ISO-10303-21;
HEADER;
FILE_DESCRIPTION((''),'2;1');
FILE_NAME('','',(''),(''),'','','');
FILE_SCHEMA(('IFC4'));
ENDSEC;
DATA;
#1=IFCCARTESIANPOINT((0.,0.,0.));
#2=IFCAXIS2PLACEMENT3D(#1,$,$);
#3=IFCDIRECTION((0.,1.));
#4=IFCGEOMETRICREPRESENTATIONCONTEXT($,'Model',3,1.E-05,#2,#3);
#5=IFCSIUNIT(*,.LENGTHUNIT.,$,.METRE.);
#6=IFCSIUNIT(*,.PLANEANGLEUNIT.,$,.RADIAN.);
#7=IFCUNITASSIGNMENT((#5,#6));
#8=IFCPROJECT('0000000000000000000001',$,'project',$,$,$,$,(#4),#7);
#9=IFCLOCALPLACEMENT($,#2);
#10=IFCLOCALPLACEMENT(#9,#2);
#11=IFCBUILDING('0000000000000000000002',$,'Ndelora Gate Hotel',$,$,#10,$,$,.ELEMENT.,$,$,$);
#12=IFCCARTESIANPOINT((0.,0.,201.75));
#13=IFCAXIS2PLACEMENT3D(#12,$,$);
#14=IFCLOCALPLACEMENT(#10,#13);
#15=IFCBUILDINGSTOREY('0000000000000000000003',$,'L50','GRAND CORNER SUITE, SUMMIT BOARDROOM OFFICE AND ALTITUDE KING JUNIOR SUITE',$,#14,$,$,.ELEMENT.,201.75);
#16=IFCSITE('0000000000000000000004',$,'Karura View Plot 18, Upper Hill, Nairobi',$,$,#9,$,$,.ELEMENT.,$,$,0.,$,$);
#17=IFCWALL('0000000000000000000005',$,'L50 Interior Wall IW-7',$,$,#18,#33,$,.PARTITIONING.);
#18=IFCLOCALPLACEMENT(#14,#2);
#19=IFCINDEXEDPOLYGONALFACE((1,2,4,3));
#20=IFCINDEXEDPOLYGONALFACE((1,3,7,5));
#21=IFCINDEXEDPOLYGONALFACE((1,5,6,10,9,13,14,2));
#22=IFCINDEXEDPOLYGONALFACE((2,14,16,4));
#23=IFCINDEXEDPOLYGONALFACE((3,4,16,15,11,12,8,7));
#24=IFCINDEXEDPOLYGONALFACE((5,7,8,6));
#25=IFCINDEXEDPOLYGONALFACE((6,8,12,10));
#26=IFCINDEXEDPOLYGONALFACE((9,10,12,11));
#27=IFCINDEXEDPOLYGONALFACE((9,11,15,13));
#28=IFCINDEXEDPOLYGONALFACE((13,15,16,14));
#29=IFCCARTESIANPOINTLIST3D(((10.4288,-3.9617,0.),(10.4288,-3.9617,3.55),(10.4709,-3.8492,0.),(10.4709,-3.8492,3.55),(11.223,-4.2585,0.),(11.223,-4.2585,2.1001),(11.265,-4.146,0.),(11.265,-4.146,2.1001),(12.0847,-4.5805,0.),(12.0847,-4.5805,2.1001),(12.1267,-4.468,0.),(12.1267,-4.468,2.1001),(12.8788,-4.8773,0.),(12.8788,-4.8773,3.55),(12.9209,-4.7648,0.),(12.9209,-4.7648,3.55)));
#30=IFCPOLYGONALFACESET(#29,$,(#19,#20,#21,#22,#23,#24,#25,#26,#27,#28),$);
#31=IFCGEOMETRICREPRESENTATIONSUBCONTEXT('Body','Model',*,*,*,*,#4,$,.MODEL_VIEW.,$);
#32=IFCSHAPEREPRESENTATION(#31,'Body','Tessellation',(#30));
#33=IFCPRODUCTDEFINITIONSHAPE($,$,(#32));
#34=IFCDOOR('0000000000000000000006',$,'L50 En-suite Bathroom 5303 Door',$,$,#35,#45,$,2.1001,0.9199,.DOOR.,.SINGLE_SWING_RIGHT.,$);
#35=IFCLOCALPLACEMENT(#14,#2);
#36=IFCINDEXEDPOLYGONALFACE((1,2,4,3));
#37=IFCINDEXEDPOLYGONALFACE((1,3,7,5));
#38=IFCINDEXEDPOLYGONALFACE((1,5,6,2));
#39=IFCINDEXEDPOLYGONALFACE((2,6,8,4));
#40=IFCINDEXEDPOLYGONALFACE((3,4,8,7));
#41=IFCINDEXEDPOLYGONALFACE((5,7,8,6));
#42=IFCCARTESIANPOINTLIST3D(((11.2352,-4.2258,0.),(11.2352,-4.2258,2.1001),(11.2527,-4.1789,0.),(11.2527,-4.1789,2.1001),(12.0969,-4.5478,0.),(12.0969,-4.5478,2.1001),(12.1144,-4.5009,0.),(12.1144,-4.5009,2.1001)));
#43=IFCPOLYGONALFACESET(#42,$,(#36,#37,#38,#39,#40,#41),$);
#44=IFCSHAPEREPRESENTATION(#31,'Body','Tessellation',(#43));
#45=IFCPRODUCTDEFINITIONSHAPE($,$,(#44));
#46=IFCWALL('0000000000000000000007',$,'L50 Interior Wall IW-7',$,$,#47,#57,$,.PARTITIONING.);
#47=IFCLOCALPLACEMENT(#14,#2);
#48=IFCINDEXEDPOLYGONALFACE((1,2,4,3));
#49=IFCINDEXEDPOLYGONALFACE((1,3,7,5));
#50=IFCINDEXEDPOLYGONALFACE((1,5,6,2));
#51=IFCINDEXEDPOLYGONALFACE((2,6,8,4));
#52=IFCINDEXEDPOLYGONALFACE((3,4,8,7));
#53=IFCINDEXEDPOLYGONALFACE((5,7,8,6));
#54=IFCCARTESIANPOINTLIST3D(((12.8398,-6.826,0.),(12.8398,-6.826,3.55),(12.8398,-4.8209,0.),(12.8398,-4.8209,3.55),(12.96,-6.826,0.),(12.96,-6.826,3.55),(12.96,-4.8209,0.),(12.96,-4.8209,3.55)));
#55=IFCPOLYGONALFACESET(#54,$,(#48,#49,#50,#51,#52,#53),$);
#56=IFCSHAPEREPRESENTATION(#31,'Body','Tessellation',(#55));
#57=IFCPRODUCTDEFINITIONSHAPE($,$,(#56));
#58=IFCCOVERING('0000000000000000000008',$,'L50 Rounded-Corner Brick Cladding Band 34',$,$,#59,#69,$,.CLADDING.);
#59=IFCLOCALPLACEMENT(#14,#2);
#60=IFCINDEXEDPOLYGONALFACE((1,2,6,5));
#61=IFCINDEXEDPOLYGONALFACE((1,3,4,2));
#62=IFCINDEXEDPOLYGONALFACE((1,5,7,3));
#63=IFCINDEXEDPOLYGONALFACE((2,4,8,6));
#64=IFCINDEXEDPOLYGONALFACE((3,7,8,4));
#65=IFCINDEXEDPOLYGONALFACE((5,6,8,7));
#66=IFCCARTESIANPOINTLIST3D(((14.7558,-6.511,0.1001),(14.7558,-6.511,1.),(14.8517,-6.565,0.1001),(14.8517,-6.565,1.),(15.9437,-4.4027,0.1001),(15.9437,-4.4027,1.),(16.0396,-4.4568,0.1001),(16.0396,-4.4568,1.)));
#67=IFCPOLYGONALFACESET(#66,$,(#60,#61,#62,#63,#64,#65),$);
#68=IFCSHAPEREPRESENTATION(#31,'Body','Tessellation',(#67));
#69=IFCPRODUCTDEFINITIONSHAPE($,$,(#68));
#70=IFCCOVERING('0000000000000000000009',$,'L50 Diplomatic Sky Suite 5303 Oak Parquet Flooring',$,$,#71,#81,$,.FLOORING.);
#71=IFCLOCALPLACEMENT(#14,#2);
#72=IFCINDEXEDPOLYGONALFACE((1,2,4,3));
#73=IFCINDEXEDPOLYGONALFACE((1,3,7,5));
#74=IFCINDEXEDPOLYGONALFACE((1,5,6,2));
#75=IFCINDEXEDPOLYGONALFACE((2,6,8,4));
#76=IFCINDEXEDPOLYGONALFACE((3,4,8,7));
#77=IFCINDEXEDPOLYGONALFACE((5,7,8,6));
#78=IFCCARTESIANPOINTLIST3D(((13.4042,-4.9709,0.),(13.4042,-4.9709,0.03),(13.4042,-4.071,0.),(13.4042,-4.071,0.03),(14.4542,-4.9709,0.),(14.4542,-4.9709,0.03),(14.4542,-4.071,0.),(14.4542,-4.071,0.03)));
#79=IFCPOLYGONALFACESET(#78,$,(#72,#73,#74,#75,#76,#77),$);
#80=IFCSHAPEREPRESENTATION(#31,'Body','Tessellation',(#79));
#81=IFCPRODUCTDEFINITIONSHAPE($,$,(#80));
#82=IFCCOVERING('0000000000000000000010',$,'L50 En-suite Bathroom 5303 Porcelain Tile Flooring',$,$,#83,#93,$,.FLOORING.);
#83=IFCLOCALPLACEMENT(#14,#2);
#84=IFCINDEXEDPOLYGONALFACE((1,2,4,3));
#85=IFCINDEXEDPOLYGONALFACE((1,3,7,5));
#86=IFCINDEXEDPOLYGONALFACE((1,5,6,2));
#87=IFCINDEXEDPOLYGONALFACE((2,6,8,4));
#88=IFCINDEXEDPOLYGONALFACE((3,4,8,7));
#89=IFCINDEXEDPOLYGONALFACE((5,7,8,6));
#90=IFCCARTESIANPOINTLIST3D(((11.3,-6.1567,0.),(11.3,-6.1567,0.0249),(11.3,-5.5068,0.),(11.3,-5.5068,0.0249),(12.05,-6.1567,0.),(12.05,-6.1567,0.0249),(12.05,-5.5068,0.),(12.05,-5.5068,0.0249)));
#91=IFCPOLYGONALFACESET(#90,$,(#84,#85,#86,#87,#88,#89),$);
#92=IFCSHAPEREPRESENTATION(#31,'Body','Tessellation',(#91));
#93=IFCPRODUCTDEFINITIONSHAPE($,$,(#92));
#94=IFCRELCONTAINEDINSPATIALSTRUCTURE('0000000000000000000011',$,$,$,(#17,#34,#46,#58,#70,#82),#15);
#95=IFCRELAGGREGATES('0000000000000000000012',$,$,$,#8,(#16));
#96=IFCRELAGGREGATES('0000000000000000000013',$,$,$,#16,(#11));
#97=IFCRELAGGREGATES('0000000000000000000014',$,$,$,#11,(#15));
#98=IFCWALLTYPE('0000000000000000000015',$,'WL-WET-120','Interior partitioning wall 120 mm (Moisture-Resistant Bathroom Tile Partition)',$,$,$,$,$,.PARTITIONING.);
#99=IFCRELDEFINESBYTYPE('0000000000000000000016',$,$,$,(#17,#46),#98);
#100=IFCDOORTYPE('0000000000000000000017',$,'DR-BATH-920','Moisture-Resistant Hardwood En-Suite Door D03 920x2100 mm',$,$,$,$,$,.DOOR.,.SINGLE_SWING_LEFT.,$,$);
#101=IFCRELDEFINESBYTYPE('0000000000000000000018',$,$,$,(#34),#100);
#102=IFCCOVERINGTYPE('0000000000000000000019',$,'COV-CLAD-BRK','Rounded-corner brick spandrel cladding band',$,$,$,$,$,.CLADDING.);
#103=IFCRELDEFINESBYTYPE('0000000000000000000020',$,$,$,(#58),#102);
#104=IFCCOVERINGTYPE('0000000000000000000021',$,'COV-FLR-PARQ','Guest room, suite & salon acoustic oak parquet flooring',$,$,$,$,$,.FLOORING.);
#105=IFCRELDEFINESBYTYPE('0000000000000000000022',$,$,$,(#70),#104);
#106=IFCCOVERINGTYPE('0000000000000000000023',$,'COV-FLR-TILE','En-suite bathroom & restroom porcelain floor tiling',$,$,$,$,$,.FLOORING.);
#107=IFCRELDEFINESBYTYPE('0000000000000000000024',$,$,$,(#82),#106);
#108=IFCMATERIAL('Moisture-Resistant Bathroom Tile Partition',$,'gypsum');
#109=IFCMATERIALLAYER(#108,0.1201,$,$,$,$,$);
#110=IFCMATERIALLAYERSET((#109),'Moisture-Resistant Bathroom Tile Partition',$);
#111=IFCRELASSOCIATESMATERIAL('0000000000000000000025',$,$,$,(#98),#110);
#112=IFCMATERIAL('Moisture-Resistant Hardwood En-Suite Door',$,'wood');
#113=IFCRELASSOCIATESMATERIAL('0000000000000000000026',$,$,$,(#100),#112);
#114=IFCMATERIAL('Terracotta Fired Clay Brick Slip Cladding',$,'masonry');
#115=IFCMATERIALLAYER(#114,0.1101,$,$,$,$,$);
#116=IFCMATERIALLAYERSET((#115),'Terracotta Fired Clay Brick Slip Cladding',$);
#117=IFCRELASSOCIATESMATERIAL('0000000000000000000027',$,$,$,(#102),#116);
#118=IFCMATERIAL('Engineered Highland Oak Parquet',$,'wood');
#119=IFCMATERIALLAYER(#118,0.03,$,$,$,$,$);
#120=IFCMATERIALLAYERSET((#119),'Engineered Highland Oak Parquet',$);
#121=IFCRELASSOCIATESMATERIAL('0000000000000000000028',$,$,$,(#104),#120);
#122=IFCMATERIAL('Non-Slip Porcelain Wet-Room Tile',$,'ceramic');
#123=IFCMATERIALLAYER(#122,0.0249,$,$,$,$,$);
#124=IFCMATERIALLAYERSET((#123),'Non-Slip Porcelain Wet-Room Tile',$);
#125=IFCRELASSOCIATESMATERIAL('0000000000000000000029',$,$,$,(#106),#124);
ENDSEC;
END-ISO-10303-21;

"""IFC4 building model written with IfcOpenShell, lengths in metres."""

from ifc_helpers import new_model, si_unit, direction, frame, frame_2d, origin, origin_2d, place, context, subcontext, project, spatial, rectangle, extrude, material, layer, layer_set, type_object, element, fill, save


model = new_model("IFC4")

# Units and contexts
model_context = context("Model", 3, precision=1e-05, world=origin(), true_north=direction((0.0, 1.0)))
body_context = subcontext(model_context, "Body", "Model", "MODEL_VIEW")
ifc_project = project(units=[si_unit("LENGTHUNIT", "METRE"), si_unit("PLANEANGLEUNIT", "RADIAN")], contexts=[model_context])

# Site, building, storey
site_placement = place(None, origin())
site = spatial("IfcSite", under=ifc_project, at=site_placement, Name="Karura View Plot 18, Upper Hill, Nairobi", CompositionType="ELEMENT", RefElevation=0.0)
building_placement = place(site_placement, origin())
building = spatial("IfcBuilding", under=site, at=building_placement, Name="Ndelora Gate Hotel", CompositionType="ELEMENT")
storey_placement = place(building_placement, frame((0.0, 0.0, 201.75)))
storey = spatial("IfcBuildingStorey", under=building, at=storey_placement, Name="L50", Description="GRAND CORNER SUITE, SUMMIT BOARDROOM OFFICE AND ALTITUDE KING JUNIOR SUITE", CompositionType="ELEMENT", Elevation=201.75)

# Wall, opening, door
ifc_material_1 = material(Name="Moisture-Resistant Bathroom Tile Partition", Category="gypsum")
ifc_layer_1 = layer(ifc_material_1, 0.1201)
ifc_layer_set_1 = layer_set([ifc_layer_1], Name="Moisture-Resistant Bathroom Tile Partition")
wall_type_1 = type_object("IfcWallType", Name="WL-WET-120", Description="Interior partitioning wall 120 mm (Moisture-Resistant Bathroom Tile Partition)", PredefinedType="PARTITIONING", material=ifc_layer_set_1)
wall_1_placement = place(storey_placement, frame((10.45, -3.9055, 0.0), z_axis=(0.0, 0.0, 1.0), x_axis=(0.936731, -0.350049, 0.0)))
wall_1 = element("IfcWall", 1, at=wall_1_placement, inside=storey, type_object=wall_type_1, Name="L50 Interior Wall IW-7", PredefinedType="PARTITIONING", context=body_context, shape_type="SweptSolid", body=[
    extrude(rectangle(XDim=2.6155, YDim=0.1201, at=frame_2d((1.3076, 0.0))), origin(), (0.0, 0.0, 1.0), 3.55),
])
opening_1_placement = place(wall_1_placement, frame((0.8477, 0.0, 0.0)))
opening_1 = element("IfcOpeningElement", 2, at=opening_1_placement, cuts=wall_1, PredefinedType="OPENING", context=body_context, shape_type="SweptSolid", body=[
    extrude(rectangle(XDim=0.9199, YDim=2.1001, at=frame_2d((0.46, 1.05))), frame((0.0, 0.0701, 0.0), z_axis=(0.0, -1.0, 0.0), x_axis=(1.0, 0.0, 0.0)), (0.0, 0.0, 1.0), 0.1401),
])
ifc_material_2 = material(Name="Moisture-Resistant Hardwood En-Suite Door", Category="wood")
door_type = type_object("IfcDoorType", Name="DR-BATH-920", Description="Moisture-Resistant Hardwood En-Suite Door D03 920x2100 mm", OperationType="SINGLE_SWING_LEFT", PredefinedType="DOOR", material=ifc_material_2)
door_placement = place(opening_1_placement, origin())
door = element("IfcDoor", 3, at=door_placement, inside=storey, type_object=door_type, Name="L50 En-suite Bathroom 5303 Door", OperationType="SINGLE_SWING_RIGHT", OverallHeight=2.1001, OverallWidth=0.9199, PredefinedType="DOOR", context=body_context, shape_type="SweptSolid", body=[
    extrude(rectangle(XDim=0.9199, YDim=2.1001, at=frame_2d((0.46, 1.05))), frame((0.0, 0.0249, 0.0), z_axis=(0.0, -1.0, 0.0), x_axis=(1.0, 0.0, 0.0)), (0.0, 0.0, 1.0), 0.05),
])
fill(opening_1, door)

# Wall
wall_2_placement = place(storey_placement, frame((12.8999, -4.821, 0.0), z_axis=(0.0, 0.0, 1.0), x_axis=(0.0, -1.0, 0.0)))
element("IfcWall", 4, at=wall_2_placement, inside=storey, type_object=wall_type_1, Name="L50 Interior Wall IW-7", PredefinedType="PARTITIONING", context=body_context, shape_type="SweptSolid", body=[
    extrude(rectangle(XDim=2.0051, YDim=0.1201, at=frame_2d((1.0024, 0.0))), origin(), (0.0, 0.0, 1.0), 3.55),
])

# Coverings
ifc_material_3 = material(Name="Terracotta Fired Clay Brick Slip Cladding", Category="masonry")
ifc_layer_2 = layer(ifc_material_3, 0.1101)
ifc_layer_set_2 = layer_set([ifc_layer_2], Name="Terracotta Fired Clay Brick Slip Cladding")
covering_type_1 = type_object("IfcCoveringType", Name="COV-CLAD-BRK", Description="Rounded-corner brick spandrel cladding band", PredefinedType="CLADDING", material=ifc_layer_set_2)
covering_1_placement = place(storey_placement, frame((15.3977, -5.4839, 0.1001), z_axis=(0.0, 0.0, 1.0), x_axis=(0.490904, 0.871214, 0.0)))
element("IfcCovering", 5, at=covering_1_placement, inside=storey, type_object=covering_type_1, Name="L50 Rounded-Corner Brick Cladding Band 34", PredefinedType="CLADDING", context=body_context, shape_type="SweptSolid", body=[
    extrude(rectangle(XDim=2.4199, YDim=0.1101, at=origin_2d()), origin(), (0.0, 0.0, 1.0), 0.8999),
])
ifc_material_4 = material(Name="Engineered Highland Oak Parquet", Category="wood")
ifc_layer_3 = layer(ifc_material_4, 0.03)
ifc_layer_set_3 = layer_set([ifc_layer_3], Name="Engineered Highland Oak Parquet")
covering_type_2 = type_object("IfcCoveringType", Name="COV-FLR-PARQ", Description="Guest room, suite & salon acoustic oak parquet flooring", PredefinedType="FLOORING", material=ifc_layer_set_3)
covering_2_placement = place(storey_placement, frame((13.9292, -4.521, 0.0), z_axis=(0.0, 0.0, 1.0), x_axis=(1.0, 0.0, 0.0)))
element("IfcCovering", 6, at=covering_2_placement, inside=storey, type_object=covering_type_2, Name="L50 Diplomatic Sky Suite 5303 Oak Parquet Flooring", PredefinedType="FLOORING", context=body_context, shape_type="SweptSolid", body=[
    extrude(rectangle(XDim=1.05, YDim=0.8999, at=origin_2d()), origin(), (0.0, 0.0, 1.0), 0.03),
])
ifc_material_5 = material(Name="Non-Slip Porcelain Wet-Room Tile", Category="ceramic")
ifc_layer_4 = layer(ifc_material_5, 0.0249)
ifc_layer_set_4 = layer_set([ifc_layer_4], Name="Non-Slip Porcelain Wet-Room Tile")
covering_type_3 = type_object("IfcCoveringType", Name="COV-FLR-TILE", Description="En-suite bathroom & restroom porcelain floor tiling", PredefinedType="FLOORING", material=ifc_layer_set_4)
covering_3_placement = place(storey_placement, frame((11.675, -5.8318, 0.0), z_axis=(0.0, 0.0, 1.0), x_axis=(1.0, 0.0, 0.0)))
element("IfcCovering", 7, at=covering_3_placement, inside=storey, type_object=covering_type_3, Name="L50 En-suite Bathroom 5303 Porcelain Tile Flooring", PredefinedType="FLOORING", context=body_context, shape_type="SweptSolid", body=[
    extrude(rectangle(XDim=0.75, YDim=0.6499, at=origin_2d()), origin(), (0.0, 0.0, 1.0), 0.0249),
])

save(model, "model.ifc")
